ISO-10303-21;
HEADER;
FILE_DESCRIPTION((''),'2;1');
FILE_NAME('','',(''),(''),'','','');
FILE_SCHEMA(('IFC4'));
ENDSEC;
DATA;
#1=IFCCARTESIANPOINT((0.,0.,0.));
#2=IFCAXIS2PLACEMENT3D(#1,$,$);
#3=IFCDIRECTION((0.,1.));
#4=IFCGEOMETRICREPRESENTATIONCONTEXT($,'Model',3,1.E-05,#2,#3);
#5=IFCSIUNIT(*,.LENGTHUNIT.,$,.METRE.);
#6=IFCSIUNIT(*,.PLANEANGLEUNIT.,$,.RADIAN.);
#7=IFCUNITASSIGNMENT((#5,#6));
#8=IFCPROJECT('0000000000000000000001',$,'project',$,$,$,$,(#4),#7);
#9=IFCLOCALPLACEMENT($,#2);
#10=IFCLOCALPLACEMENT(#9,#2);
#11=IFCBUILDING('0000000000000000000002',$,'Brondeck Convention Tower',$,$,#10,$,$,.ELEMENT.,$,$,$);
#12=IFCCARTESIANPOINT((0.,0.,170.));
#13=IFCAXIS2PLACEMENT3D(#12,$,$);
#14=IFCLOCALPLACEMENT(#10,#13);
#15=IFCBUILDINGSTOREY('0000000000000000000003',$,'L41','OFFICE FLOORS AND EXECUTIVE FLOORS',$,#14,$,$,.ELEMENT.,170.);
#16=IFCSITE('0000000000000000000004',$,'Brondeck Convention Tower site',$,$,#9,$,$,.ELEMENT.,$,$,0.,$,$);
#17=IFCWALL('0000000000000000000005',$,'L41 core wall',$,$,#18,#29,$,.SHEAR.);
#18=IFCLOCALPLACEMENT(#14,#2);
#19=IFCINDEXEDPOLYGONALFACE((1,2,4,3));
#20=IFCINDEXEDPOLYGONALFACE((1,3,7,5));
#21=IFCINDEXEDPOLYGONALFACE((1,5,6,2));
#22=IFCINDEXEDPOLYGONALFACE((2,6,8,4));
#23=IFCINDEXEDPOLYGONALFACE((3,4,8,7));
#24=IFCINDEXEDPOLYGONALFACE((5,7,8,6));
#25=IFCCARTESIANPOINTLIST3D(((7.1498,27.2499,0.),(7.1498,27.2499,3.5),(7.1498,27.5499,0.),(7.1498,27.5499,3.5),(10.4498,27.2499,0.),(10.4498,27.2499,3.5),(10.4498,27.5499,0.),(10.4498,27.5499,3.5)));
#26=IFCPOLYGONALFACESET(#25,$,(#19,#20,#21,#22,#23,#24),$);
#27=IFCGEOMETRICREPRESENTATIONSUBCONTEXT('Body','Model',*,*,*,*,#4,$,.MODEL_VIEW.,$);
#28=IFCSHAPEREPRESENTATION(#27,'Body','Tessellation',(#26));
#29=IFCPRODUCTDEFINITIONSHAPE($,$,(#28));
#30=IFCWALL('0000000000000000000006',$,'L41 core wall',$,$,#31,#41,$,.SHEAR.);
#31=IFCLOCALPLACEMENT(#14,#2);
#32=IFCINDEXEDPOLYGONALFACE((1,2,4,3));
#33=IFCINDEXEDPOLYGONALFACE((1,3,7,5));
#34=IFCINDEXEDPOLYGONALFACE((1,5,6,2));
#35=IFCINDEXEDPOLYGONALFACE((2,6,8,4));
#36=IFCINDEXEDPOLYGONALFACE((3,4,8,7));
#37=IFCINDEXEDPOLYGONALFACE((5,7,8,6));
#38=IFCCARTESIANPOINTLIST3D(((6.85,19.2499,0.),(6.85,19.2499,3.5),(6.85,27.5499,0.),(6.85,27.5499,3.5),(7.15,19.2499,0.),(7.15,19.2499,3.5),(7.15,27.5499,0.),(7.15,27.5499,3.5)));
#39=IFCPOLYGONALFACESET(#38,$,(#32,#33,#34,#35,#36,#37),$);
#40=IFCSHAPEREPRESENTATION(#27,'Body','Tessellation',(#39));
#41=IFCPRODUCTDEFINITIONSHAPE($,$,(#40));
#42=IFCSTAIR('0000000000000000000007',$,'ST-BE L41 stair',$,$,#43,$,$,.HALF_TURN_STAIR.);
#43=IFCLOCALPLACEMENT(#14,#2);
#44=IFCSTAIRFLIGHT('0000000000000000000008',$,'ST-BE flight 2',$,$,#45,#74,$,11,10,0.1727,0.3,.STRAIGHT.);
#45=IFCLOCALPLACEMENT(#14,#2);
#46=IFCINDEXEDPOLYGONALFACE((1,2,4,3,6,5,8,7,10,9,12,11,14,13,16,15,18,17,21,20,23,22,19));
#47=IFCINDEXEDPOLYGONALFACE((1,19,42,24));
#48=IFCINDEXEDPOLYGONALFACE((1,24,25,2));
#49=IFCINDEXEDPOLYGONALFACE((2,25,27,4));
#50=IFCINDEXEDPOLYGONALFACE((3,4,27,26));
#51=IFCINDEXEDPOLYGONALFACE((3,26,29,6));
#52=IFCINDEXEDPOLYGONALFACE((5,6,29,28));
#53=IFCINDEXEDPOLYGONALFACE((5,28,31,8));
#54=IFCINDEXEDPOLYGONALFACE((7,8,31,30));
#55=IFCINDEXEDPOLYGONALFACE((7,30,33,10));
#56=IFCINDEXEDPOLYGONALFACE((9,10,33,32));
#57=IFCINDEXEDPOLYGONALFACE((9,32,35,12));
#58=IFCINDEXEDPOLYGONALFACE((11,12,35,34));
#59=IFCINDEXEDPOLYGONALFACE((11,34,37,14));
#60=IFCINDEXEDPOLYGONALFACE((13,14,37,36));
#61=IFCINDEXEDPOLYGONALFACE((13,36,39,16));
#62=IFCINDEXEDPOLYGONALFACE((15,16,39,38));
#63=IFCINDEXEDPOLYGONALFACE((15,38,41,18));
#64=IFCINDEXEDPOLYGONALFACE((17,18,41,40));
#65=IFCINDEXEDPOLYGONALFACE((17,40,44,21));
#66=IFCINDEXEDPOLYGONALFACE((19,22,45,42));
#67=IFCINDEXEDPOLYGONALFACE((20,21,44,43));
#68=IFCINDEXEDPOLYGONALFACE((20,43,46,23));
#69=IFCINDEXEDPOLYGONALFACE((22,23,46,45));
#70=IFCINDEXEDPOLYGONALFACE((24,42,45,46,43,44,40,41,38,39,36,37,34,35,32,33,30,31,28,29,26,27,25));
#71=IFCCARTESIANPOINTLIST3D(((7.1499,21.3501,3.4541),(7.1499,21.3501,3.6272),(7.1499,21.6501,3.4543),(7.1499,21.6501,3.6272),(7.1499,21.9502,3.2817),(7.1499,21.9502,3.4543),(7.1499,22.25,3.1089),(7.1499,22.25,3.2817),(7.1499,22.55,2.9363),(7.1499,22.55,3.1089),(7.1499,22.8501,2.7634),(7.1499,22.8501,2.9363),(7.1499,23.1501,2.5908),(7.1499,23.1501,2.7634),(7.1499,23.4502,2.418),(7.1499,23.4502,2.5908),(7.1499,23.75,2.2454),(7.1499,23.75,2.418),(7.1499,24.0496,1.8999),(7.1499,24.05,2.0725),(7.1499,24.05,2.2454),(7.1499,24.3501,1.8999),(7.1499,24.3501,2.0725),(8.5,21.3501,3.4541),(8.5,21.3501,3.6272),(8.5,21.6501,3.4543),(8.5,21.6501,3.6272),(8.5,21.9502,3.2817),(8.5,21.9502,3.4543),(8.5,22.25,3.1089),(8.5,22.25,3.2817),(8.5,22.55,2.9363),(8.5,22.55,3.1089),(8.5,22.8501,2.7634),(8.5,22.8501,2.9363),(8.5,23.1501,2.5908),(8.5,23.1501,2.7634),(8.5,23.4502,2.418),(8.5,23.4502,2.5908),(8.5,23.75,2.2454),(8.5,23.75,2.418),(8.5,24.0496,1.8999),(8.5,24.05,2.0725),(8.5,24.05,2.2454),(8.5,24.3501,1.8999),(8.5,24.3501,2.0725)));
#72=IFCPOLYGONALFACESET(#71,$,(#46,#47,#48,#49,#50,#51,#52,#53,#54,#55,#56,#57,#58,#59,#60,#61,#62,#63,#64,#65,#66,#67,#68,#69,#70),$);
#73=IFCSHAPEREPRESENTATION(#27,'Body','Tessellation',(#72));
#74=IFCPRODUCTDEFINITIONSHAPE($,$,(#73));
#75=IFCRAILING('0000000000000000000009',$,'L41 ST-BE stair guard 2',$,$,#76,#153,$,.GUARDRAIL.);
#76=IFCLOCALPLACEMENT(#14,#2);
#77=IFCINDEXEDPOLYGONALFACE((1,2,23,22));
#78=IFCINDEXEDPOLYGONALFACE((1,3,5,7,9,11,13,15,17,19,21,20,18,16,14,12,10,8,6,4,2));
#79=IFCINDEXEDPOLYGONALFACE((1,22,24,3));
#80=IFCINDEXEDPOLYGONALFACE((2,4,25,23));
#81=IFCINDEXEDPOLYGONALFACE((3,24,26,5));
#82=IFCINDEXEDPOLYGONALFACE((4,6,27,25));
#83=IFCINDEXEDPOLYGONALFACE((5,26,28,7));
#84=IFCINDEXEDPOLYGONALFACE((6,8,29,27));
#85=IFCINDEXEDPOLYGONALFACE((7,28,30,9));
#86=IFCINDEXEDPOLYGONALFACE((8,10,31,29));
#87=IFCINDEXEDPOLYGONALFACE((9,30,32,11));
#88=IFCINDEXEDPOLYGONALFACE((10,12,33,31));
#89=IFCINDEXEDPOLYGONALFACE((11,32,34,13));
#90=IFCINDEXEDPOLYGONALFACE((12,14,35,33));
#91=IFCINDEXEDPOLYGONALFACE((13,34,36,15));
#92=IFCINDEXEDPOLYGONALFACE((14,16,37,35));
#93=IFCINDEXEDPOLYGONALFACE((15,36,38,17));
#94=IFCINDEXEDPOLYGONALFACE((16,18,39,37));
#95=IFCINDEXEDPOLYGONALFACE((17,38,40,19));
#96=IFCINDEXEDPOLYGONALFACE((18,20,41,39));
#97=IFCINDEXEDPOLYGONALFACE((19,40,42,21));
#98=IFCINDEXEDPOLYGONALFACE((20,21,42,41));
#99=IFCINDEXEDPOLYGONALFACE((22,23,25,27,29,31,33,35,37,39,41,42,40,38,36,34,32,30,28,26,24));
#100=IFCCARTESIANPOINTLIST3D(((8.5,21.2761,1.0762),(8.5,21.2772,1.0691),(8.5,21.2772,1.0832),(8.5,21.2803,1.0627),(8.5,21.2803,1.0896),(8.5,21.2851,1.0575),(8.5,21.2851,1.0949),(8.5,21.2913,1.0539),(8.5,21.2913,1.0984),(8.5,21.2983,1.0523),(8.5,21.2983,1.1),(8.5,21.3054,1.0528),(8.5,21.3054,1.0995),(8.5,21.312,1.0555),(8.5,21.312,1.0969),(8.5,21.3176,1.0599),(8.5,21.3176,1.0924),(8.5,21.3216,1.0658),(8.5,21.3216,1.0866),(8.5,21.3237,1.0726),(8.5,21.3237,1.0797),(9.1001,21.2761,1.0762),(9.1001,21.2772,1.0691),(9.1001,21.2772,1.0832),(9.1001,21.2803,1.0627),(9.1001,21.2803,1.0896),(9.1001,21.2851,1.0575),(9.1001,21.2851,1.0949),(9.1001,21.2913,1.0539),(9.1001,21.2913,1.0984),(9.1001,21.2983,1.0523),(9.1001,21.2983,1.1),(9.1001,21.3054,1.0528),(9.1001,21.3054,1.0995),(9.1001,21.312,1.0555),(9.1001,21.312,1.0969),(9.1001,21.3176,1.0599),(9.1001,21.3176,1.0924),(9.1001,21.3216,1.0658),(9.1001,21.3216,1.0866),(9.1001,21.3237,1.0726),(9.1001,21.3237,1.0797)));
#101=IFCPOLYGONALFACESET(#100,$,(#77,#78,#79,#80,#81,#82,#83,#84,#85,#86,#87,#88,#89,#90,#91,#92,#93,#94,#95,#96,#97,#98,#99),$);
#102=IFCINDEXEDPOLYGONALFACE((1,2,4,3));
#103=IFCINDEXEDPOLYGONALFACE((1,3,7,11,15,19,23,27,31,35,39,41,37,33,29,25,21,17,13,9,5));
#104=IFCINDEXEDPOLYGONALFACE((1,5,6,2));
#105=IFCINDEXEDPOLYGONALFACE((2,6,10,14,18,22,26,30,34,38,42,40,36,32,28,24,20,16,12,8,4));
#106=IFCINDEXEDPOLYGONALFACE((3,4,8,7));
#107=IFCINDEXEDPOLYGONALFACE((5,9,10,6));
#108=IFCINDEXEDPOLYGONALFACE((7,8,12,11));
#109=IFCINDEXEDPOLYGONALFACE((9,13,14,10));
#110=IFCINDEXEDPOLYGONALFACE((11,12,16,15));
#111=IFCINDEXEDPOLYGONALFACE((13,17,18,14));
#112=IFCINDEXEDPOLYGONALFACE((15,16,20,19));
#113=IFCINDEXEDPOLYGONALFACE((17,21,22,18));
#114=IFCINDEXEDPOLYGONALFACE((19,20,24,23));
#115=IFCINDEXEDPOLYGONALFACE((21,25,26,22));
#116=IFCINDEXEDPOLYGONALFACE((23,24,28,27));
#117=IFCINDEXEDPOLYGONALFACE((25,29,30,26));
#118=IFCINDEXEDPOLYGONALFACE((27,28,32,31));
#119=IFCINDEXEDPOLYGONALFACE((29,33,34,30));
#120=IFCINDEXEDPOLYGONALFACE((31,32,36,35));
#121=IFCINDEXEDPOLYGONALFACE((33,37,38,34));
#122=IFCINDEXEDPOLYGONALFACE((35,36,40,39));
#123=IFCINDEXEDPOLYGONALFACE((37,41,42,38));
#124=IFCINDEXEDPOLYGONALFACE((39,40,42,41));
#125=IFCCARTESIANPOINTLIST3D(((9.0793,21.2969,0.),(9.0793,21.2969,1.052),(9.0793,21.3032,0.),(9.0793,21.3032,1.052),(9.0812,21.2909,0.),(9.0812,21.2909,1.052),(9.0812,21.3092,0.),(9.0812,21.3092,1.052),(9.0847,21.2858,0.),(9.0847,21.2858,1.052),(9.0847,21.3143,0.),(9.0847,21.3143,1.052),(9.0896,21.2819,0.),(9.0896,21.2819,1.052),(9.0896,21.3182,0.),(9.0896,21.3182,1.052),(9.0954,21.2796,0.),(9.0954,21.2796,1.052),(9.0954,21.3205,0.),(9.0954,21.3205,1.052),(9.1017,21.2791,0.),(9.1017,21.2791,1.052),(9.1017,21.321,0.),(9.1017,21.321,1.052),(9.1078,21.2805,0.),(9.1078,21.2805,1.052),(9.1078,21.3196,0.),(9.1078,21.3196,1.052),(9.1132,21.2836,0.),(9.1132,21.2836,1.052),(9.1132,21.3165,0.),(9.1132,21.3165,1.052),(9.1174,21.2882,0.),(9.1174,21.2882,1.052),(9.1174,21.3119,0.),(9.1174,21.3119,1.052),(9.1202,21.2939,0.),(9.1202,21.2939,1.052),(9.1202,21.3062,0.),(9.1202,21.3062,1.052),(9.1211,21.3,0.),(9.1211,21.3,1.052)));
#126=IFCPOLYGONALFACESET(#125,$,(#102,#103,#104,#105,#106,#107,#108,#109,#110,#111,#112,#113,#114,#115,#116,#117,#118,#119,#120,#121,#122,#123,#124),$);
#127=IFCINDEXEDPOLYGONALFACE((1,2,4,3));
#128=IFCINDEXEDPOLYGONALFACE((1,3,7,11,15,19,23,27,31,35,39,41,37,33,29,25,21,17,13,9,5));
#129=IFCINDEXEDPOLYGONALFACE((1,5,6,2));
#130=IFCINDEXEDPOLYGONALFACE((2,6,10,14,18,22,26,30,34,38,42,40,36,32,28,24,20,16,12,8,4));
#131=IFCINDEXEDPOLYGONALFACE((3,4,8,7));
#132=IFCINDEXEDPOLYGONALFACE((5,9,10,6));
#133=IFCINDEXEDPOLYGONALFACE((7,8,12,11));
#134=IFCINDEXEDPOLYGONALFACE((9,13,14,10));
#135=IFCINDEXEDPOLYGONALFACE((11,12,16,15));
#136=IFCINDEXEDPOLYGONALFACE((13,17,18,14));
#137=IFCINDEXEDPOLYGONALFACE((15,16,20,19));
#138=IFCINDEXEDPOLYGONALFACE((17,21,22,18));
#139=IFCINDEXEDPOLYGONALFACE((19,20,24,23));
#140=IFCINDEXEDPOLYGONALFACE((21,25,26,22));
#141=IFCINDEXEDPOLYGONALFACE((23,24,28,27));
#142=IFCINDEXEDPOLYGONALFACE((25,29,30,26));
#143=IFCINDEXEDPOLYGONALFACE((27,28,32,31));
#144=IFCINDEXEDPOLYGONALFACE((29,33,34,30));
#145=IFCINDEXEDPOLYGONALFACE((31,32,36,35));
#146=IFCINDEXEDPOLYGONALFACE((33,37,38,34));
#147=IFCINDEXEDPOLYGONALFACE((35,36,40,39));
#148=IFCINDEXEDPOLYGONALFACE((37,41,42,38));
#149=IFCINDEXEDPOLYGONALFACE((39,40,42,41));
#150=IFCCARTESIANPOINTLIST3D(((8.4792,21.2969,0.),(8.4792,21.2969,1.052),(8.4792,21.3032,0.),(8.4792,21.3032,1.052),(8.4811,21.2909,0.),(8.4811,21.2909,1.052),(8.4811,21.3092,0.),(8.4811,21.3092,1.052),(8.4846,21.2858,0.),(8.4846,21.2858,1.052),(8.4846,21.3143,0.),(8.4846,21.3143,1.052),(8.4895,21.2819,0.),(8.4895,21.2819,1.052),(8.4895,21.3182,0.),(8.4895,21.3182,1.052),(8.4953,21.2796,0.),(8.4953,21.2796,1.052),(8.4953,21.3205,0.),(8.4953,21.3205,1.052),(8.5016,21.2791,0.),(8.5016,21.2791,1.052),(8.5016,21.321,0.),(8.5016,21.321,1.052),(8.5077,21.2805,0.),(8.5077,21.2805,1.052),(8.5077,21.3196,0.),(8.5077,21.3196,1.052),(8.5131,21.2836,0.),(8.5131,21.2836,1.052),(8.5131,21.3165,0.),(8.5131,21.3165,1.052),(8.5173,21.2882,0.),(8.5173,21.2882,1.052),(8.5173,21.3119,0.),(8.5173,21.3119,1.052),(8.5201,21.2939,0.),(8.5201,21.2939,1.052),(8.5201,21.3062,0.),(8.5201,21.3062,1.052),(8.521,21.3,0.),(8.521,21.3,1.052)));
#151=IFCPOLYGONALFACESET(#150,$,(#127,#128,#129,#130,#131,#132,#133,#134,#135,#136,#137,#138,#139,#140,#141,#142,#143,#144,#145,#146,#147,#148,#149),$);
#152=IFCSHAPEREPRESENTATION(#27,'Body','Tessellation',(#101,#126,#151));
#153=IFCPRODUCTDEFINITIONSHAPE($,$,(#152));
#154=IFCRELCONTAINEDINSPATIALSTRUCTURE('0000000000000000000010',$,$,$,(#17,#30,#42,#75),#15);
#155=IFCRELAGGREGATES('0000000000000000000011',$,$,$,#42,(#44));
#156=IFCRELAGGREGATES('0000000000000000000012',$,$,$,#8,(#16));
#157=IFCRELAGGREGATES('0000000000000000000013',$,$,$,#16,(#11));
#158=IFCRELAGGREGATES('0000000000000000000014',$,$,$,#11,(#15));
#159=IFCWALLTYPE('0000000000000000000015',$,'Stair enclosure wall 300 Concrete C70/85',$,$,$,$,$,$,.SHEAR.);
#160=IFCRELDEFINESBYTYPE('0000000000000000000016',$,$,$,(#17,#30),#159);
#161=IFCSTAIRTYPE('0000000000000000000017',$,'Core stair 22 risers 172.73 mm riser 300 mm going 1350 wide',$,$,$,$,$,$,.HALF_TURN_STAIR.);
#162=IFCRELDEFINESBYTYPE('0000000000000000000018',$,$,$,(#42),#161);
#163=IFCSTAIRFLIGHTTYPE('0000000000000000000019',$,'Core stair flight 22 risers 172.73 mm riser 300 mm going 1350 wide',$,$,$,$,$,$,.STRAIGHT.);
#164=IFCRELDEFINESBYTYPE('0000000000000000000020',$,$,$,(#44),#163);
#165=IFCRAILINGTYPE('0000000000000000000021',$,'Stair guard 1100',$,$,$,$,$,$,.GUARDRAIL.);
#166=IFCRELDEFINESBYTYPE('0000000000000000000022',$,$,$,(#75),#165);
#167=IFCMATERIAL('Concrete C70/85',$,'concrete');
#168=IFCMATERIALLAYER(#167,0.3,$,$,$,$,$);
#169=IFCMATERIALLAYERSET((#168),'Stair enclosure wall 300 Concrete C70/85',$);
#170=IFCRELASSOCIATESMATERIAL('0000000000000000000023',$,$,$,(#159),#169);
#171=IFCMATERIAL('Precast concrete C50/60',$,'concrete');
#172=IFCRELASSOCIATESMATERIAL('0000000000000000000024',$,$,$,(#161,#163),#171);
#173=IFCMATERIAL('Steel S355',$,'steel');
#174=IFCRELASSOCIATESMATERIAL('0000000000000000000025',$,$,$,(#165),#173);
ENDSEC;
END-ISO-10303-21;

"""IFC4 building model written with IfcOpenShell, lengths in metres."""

from ifc_helpers import new_model, si_unit, direction, frame, frame_2d, origin, origin_2d, place, context, subcontext, project, spatial, polyline, rectangle, circle, outline, extrude, material, layer, layer_set, type_object, element, aggregate, save


model = new_model("IFC4")

# Units and contexts
model_context = context("Model", 3, precision=1e-05, world=origin(), true_north=direction((0.0, 1.0)))
body_context = subcontext(model_context, "Body", "Model", "MODEL_VIEW")
ifc_project = project(units=[si_unit("LENGTHUNIT", "METRE"), si_unit("PLANEANGLEUNIT", "RADIAN")], contexts=[model_context])

# Site, building, storey
site_placement = place(None, origin())
site = spatial("IfcSite", under=ifc_project, at=site_placement, Name="Brondeck Convention Tower site", CompositionType="ELEMENT", RefElevation=0.0)
building_placement = place(site_placement, origin())
building = spatial("IfcBuilding", under=site, at=building_placement, Name="Brondeck Convention Tower", CompositionType="ELEMENT")
storey_placement = place(building_placement, frame((0.0, 0.0, 170.0)))
storey = spatial("IfcBuildingStorey", under=building, at=storey_placement, Name="L41", Description="OFFICE FLOORS AND EXECUTIVE FLOORS", CompositionType="ELEMENT", Elevation=170.0)

# Shared definitions
ifc_material_1 = material(Name="Concrete C70/85", Category="concrete")

# Shared definitions
ifc_material_2 = material(Name="Steel S355", Category="steel")

# Walls
ifc_layer_1 = layer(ifc_material_1, 0.3)
ifc_layer_set_1 = layer_set([ifc_layer_1], Name="Stair enclosure wall 300 Concrete C70/85")
wall_type_1 = type_object("IfcWallType", Name="Stair enclosure wall 300 Concrete C70/85", PredefinedType="SHEAR", material=ifc_layer_set_1)
for number, where, z_axis, x_axis, name in (
    (1, (7.1499, 27.3999, 0.0), (0.0, 0.0, 1.0), (1.0, 0.0, 0.0), "L41 core wall"),
):
    element("IfcWall", number, at=place(storey_placement, frame(where, z_axis=z_axis, x_axis=x_axis)), inside=storey, type_object=wall_type_1, Name=name, PredefinedType="SHEAR", context=body_context, shape_type="SweptSolid", body=[
        extrude(rectangle(XDim=3.3, YDim=0.3, at=frame_2d((1.6499, 0.0))), origin(), (0.0, 0.0, 1.0), 3.5),
    ])
wall_1_placement = place(storey_placement, frame((7.0, 19.25, 0.0), z_axis=(0.0, 0.0, 1.0), x_axis=(0.0, 1.0, 0.0)))
element("IfcWall", 2, at=wall_1_placement, inside=storey, type_object=wall_type_1, Name="L41 core wall", PredefinedType="SHEAR", context=body_context, shape_type="SweptSolid", body=[
    extrude(rectangle(XDim=8.3, YDim=0.3, at=frame_2d((4.1499, 0.0))), origin(), (0.0, 0.0, 1.0), 3.5),
])

# Stair, stair flight
ifc_material_3 = material(Name="Precast concrete C50/60", Category="concrete")
stair_type = type_object("IfcStairType", Name="Core stair 22 risers 172.73 mm riser 300 mm going 1350 wide", PredefinedType="HALF_TURN_STAIR", material=ifc_material_3)
stair_placement = place(storey_placement, origin())
stair = element("IfcStair", 3, at=stair_placement, inside=storey, type_object=stair_type, Name="ST-BE L41 stair", PredefinedType="HALF_TURN_STAIR")
stair_flight_type = type_object("IfcStairFlightType", Name="Core stair flight 22 risers 172.73 mm riser 300 mm going 1350 wide", PredefinedType="STRAIGHT", material=ifc_material_3)
stair_flight_placement = place(storey_placement, frame((7.825, 24.3501, 1.8999), z_axis=(0.0, 0.0, 1.0), x_axis=(0.0, -1.0, 0.0)))
stair_flight = element("IfcStairFlight", 4, at=stair_flight_placement, type_object=stair_flight_type, Name="ST-BE flight 2", NumberOfRisers=11, NumberOfTreads=10, PredefinedType="STRAIGHT", RiserHeight=0.1727, TreadLength=0.3, context=body_context, shape_type="SweptSolid", body=[
    extrude(outline(polyline([(0.0, 0.0), (0.0, 0.1726), (0.3, 0.1726), (0.3, 0.3455), (0.6001, 0.3455), (0.6001, 0.5181), (0.8999, 0.5181), (0.8999, 0.6909), (1.2, 0.6909), (1.2, 0.8635), (1.5, 0.8635), (1.5, 1.0364), (1.8, 1.0364), (1.8, 1.209), (2.1001, 1.209), (2.1001, 1.3818), (2.3999, 1.3818), (2.3999, 1.5544), (2.7, 1.5544), (2.7, 1.7273), (3.0, 1.7273), (3.0, 1.8999), (3.0, 1.5542), (0.3005, 0.0), (0.0, 0.0)])), frame((0.0, 0.675, 0.0), z_axis=(0.0, -1.0, 0.0), x_axis=(1.0, 0.0, 0.0)), (0.0, 0.0, 1.0), 1.3501),
])
aggregate(stair, [stair_flight])

# Railing
railing_type_1 = type_object("IfcRailingType", Name="Stair guard 1100", PredefinedType="GUARDRAIL", material=ifc_material_2)
railing_1_placement = place(storey_placement, frame((9.1001, 21.3, 0.0)))
element("IfcRailing", 5, at=railing_1_placement, inside=storey, type_object=railing_type_1, Name="L41 ST-BE stair guard 2", PredefinedType="GUARDRAIL", context=body_context, shape_type="SweptSolid", body=[
    extrude(circle(Radius=0.0239, at=origin_2d()), frame((0.0, 0.0, 1.0762), z_axis=(-1.0, 0.0, 0.0), x_axis=(0.0, -1.0, 0.0)), (0.0, 0.0, 1.0), 0.6001),
    extrude(circle(Radius=0.021, at=origin_2d()), origin(), (0.0, 0.0, 1.0), 1.052),
    extrude(circle(Radius=0.021, at=origin_2d()), frame((-0.6001, 0.0, 0.0)), (0.0, 0.0, 1.0), 1.052),
])

save(model, "model.ifc")
